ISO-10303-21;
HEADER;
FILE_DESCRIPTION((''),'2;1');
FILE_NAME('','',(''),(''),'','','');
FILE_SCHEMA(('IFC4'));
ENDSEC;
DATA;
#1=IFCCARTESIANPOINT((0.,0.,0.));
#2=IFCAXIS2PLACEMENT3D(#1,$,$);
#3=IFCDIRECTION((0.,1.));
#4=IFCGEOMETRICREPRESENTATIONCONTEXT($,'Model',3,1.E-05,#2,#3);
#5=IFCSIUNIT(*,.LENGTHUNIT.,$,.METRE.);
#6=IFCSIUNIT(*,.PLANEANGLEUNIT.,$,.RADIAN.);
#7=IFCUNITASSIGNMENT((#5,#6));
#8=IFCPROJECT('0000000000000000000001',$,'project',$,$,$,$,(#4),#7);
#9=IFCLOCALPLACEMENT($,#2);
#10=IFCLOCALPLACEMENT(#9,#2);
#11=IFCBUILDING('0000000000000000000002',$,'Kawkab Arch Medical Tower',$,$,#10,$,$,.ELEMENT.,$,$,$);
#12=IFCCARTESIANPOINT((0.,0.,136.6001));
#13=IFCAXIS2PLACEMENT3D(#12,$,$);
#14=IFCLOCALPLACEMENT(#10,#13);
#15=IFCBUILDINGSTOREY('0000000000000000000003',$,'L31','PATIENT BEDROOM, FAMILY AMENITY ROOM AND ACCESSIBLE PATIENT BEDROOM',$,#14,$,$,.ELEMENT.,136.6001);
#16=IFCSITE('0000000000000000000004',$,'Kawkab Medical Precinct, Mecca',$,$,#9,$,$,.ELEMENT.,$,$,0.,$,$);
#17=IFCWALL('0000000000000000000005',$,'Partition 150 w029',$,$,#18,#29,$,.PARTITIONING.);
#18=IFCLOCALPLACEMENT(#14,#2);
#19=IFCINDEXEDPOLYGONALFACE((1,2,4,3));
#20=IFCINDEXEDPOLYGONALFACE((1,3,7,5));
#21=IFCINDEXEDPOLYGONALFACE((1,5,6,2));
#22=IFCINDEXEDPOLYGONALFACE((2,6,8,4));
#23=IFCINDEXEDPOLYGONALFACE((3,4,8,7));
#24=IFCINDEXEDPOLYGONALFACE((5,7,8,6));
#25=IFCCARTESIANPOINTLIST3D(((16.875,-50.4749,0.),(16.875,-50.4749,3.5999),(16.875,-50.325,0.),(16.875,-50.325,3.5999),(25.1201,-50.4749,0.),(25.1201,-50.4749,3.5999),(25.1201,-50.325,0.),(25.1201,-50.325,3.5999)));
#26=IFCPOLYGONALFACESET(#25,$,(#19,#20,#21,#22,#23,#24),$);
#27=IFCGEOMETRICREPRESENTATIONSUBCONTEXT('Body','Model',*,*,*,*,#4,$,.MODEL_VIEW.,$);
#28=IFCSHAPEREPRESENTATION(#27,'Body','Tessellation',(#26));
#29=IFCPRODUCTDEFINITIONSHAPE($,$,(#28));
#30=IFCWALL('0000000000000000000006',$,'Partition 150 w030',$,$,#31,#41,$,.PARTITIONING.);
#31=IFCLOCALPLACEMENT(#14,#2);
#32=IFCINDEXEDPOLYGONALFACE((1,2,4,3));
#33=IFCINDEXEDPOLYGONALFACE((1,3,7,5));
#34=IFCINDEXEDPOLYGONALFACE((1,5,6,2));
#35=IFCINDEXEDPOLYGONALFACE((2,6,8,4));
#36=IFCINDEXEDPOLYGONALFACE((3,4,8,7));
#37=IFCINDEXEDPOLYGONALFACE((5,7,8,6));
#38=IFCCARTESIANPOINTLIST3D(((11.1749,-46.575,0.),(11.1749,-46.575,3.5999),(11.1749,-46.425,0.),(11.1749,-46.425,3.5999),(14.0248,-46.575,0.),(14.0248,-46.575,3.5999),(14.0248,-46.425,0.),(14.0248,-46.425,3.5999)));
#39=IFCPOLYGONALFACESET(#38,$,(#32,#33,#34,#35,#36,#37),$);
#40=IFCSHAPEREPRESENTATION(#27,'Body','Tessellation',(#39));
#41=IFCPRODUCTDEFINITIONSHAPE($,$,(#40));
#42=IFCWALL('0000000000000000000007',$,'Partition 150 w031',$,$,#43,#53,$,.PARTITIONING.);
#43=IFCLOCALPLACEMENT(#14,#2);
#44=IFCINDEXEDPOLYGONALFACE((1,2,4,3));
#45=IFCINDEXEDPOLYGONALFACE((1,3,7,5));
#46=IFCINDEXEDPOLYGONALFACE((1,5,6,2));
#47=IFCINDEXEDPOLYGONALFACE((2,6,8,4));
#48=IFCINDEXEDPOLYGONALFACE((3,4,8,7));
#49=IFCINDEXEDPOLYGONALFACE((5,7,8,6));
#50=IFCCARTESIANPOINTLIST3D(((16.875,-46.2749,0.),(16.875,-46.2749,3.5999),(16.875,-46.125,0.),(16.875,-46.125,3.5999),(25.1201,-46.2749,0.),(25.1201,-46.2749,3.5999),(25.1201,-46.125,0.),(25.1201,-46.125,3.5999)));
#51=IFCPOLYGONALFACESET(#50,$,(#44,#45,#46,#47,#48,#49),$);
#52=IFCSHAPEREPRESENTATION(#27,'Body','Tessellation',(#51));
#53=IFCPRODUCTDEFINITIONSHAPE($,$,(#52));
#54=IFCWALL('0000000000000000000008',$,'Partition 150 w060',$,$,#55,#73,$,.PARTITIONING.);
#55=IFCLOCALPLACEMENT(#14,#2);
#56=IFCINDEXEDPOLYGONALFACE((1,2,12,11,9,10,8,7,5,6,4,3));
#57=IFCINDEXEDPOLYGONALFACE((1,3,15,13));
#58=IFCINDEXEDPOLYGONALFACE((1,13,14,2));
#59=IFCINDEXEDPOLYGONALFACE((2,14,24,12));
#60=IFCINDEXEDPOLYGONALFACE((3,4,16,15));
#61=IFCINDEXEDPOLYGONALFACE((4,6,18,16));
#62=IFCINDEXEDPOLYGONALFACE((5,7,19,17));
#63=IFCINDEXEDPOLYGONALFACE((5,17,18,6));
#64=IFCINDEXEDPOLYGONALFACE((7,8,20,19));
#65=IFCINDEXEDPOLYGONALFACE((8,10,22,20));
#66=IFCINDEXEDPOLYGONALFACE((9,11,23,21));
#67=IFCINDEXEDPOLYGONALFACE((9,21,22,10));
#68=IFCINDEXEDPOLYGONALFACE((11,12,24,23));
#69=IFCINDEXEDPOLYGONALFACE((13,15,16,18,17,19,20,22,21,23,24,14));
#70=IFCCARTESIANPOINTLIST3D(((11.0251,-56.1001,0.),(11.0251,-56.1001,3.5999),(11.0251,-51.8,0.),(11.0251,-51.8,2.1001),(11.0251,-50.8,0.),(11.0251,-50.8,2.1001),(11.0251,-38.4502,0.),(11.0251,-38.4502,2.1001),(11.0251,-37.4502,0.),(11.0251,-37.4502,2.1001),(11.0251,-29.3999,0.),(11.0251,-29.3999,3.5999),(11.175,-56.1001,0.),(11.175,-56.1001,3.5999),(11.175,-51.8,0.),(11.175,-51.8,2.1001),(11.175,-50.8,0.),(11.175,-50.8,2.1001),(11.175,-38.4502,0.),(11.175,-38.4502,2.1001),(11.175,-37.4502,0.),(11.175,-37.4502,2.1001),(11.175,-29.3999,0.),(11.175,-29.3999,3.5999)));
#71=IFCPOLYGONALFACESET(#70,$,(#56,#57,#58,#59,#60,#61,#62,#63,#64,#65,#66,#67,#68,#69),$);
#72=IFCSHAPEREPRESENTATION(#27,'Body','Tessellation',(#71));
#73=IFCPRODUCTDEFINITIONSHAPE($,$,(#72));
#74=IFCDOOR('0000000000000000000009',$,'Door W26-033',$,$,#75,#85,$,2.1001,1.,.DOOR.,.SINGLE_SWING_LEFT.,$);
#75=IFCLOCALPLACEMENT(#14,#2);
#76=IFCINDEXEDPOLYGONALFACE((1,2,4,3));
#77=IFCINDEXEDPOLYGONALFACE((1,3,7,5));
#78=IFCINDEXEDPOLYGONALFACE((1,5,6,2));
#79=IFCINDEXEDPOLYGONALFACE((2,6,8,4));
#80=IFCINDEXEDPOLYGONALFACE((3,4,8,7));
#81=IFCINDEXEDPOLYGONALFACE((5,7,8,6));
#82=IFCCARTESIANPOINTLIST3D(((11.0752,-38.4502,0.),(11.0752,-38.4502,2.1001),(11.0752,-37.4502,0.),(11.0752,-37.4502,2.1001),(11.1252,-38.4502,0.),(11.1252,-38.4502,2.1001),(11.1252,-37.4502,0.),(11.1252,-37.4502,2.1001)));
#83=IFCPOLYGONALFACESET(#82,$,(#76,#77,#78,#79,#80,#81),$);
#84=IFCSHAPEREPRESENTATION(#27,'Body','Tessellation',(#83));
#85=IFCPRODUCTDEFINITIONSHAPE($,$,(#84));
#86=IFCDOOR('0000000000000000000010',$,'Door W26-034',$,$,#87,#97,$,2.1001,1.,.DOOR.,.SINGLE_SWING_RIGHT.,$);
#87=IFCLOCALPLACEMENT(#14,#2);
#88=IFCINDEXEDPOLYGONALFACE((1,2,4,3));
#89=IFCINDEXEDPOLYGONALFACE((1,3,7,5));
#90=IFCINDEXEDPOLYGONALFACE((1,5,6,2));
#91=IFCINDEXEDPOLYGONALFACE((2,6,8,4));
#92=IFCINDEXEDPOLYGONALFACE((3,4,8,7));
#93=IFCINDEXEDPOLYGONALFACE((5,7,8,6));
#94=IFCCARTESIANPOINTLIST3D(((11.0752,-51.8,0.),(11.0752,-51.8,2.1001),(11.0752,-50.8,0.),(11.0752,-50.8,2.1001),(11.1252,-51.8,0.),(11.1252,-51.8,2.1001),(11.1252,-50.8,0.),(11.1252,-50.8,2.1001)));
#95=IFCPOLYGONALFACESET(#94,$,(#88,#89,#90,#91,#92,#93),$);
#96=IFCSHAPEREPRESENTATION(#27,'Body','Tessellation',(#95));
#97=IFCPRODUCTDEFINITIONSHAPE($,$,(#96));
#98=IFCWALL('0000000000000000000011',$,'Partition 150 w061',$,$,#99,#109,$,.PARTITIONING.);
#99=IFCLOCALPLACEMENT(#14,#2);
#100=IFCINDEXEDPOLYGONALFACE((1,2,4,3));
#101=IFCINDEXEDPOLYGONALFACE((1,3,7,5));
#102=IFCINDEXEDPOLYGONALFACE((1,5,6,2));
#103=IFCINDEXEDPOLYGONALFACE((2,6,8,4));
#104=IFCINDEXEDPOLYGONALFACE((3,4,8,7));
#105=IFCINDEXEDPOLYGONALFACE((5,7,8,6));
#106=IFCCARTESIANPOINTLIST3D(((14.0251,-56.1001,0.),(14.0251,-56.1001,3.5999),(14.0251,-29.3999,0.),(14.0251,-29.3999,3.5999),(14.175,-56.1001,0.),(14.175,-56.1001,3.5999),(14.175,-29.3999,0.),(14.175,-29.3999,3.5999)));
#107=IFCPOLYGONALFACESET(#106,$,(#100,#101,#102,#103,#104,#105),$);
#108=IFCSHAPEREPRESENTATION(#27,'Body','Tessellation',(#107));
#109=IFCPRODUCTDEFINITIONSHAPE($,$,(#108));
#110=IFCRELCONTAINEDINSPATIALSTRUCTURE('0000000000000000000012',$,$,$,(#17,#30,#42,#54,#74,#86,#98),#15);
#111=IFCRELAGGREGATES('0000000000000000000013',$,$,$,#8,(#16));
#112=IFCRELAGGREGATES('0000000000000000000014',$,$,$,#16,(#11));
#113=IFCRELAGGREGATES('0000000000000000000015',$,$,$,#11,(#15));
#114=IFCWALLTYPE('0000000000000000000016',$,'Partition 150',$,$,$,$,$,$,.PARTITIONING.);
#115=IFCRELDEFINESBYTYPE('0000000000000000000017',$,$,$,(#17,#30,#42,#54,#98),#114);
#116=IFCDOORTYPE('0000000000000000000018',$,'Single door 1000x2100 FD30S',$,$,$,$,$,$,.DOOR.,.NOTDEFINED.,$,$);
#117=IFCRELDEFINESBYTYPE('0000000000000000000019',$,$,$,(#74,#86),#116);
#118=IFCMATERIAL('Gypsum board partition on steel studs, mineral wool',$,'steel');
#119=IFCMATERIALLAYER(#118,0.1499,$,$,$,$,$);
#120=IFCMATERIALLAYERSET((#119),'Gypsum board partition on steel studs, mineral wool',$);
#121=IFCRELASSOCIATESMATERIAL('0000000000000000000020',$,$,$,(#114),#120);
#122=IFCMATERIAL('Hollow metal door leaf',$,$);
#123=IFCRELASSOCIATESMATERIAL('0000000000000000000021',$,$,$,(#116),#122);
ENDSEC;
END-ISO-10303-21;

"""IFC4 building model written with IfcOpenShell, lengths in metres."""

from ifc_helpers import new_model, si_unit, direction, frame, frame_2d, origin, place, context, subcontext, project, spatial, rectangle, extrude, material, layer, layer_set, type_object, element, fill, save


model = new_model("IFC4")

# Units and contexts
model_context = context("Model", 3, precision=1e-05, world=origin(), true_north=direction((0.0, 1.0)))
body_context = subcontext(model_context, "Body", "Model", "MODEL_VIEW")
ifc_project = project(units=[si_unit("LENGTHUNIT", "METRE"), si_unit("PLANEANGLEUNIT", "RADIAN")], contexts=[model_context])

# Site, building, storey
site_placement = place(None, origin())
site = spatial("IfcSite", under=ifc_project, at=site_placement, Name="Kawkab Medical Precinct, Mecca", CompositionType="ELEMENT", RefElevation=0.0)
building_placement = place(site_placement, origin())
building = spatial("IfcBuilding", under=site, at=building_placement, Name="Kawkab Arch Medical Tower", CompositionType="ELEMENT")
storey_placement = place(building_placement, frame((0.0, 0.0, 136.6001)))
storey = spatial("IfcBuildingStorey", under=building, at=storey_placement, Name="L31", Description="PATIENT BEDROOM, FAMILY AMENITY ROOM AND ACCESSIBLE PATIENT BEDROOM", CompositionType="ELEMENT", Elevation=136.6001)

# Walls
ifc_material_1 = material(Name="Gypsum board partition on steel studs, mineral wool", Category="steel")
ifc_layer_1 = layer(ifc_material_1, 0.1499)
ifc_layer_set_1 = layer_set([ifc_layer_1], Name="Gypsum board partition on steel studs, mineral wool")
wall_type_1 = type_object("IfcWallType", Name="Partition 150", PredefinedType="PARTITIONING", material=ifc_layer_set_1)
wall_1_placement = place(storey_placement, frame((16.875, -50.3999, 0.0), z_axis=(0.0, 0.0, 1.0), x_axis=(1.0, 0.0, 0.0)))
element("IfcWall", 1, at=wall_1_placement, inside=storey, type_object=wall_type_1, Name="Partition 150 w029", PredefinedType="PARTITIONING", context=body_context, shape_type="SweptSolid", body=[
    extrude(rectangle(XDim=8.2451, YDim=0.1499, at=frame_2d((4.1226, 0.0))), origin(), (0.0, 0.0, 1.0), 3.5999),
])
wall_2_placement = place(storey_placement, frame((11.175, -46.5, 0.0), z_axis=(0.0, 0.0, 1.0), x_axis=(1.0, 0.0, 0.0)))
element("IfcWall", 2, at=wall_2_placement, inside=storey, type_object=wall_type_1, Name="Partition 150 w030", PredefinedType="PARTITIONING", context=body_context, shape_type="SweptSolid", body=[
    extrude(rectangle(XDim=2.8499, YDim=0.1499, at=frame_2d((1.4248, 0.0))), origin(), (0.0, 0.0, 1.0), 3.5999),
])
wall_3_placement = place(storey_placement, frame((16.875, -46.2, 0.0), z_axis=(0.0, 0.0, 1.0), x_axis=(1.0, 0.0, 0.0)))
element("IfcWall", 3, at=wall_3_placement, inside=storey, type_object=wall_type_1, Name="Partition 150 w031", PredefinedType="PARTITIONING", context=body_context, shape_type="SweptSolid", body=[
    extrude(rectangle(XDim=8.2451, YDim=0.1499, at=frame_2d((4.1226, 0.0))), origin(), (0.0, 0.0, 1.0), 3.5999),
])

# Wall, openings, doors
wall_4_placement = place(storey_placement, frame((11.1001, -56.1001, 0.0), z_axis=(0.0, 0.0, 1.0), x_axis=(0.0, 1.0, 0.0)))
wall_4 = element("IfcWall", 4, at=wall_4_placement, inside=storey, type_object=wall_type_1, Name="Partition 150 w060", PredefinedType="PARTITIONING", context=body_context, shape_type="SweptSolid", body=[
    extrude(rectangle(XDim=26.7002, YDim=0.1499, at=frame_2d((13.3501, 0.0))), origin(), (0.0, 0.0, 1.0), 3.5999),
])
opening_1_placement = place(wall_4_placement, frame((17.6499, 0.0, 0.0)))
opening_1 = element("IfcOpeningElement", 5, at=opening_1_placement, cuts=wall_4, PredefinedType="OPENING", context=body_context, shape_type="SweptSolid", body=[
    extrude(rectangle(XDim=1.0, YDim=2.1001, at=frame_2d((0.5, 1.05))), frame((0.0, 0.085, 0.0), z_axis=(0.0, -1.0, 0.0), x_axis=(1.0, 0.0, 0.0)), (0.0, 0.0, 1.0), 0.1699),
])
opening_2_placement = place(wall_4_placement, frame((4.3, 0.0, 0.0)))
opening_2 = element("IfcOpeningElement", 6, at=opening_2_placement, cuts=wall_4, PredefinedType="OPENING", context=body_context, shape_type="SweptSolid", body=[
    extrude(rectangle(XDim=1.0, YDim=2.1001, at=frame_2d((0.5, 1.05))), frame((0.0, 0.085, 0.0), z_axis=(0.0, -1.0, 0.0), x_axis=(1.0, 0.0, 0.0)), (0.0, 0.0, 1.0), 0.1699),
])
ifc_material_2 = material(Name="Hollow metal door leaf")
door_type_1 = type_object("IfcDoorType", Name="Single door 1000x2100 FD30S", OperationType="NOTDEFINED", PredefinedType="DOOR", material=ifc_material_2)
door_1_placement = place(opening_1_placement, origin())
door_1 = element("IfcDoor", 7, at=door_1_placement, inside=storey, type_object=door_type_1, Name="Door W26-033", OperationType="SINGLE_SWING_LEFT", OverallHeight=2.1001, OverallWidth=1.0, PredefinedType="DOOR", context=body_context, shape_type="SweptSolid", body=[
    extrude(rectangle(XDim=1.0, YDim=2.1001, at=frame_2d((0.5, 1.05))), frame((0.0, 0.0249, 0.0), z_axis=(0.0, -1.0, 0.0), x_axis=(1.0, 0.0, 0.0)), (0.0, 0.0, 1.0), 0.05),
])
fill(opening_1, door_1)
door_2_placement = place(opening_2_placement, origin())
door_2 = element("IfcDoor", 8, at=door_2_placement, inside=storey, type_object=door_type_1, Name="Door W26-034", OperationType="SINGLE_SWING_RIGHT", OverallHeight=2.1001, OverallWidth=1.0, PredefinedType="DOOR", context=body_context, shape_type="SweptSolid", body=[
    extrude(rectangle(XDim=1.0, YDim=2.1001, at=frame_2d((0.5, 1.05))), frame((0.0, 0.0249, 0.0), z_axis=(0.0, -1.0, 0.0), x_axis=(1.0, 0.0, 0.0)), (0.0, 0.0, 1.0), 0.05),
])
fill(opening_2, door_2)

# Wall
wall_5_placement = place(storey_placement, frame((14.1001, -56.1001, 0.0), z_axis=(0.0, 0.0, 1.0), x_axis=(0.0, 1.0, 0.0)))
element("IfcWall", 9, at=wall_5_placement, inside=storey, type_object=wall_type_1, Name="Partition 150 w061", PredefinedType="PARTITIONING", context=body_context, shape_type="SweptSolid", body=[
    extrude(rectangle(XDim=26.7002, YDim=0.1499, at=frame_2d((13.3501, 0.0))), origin(), (0.0, 0.0, 1.0), 3.5999),
])

save(model, "model.ifc")
